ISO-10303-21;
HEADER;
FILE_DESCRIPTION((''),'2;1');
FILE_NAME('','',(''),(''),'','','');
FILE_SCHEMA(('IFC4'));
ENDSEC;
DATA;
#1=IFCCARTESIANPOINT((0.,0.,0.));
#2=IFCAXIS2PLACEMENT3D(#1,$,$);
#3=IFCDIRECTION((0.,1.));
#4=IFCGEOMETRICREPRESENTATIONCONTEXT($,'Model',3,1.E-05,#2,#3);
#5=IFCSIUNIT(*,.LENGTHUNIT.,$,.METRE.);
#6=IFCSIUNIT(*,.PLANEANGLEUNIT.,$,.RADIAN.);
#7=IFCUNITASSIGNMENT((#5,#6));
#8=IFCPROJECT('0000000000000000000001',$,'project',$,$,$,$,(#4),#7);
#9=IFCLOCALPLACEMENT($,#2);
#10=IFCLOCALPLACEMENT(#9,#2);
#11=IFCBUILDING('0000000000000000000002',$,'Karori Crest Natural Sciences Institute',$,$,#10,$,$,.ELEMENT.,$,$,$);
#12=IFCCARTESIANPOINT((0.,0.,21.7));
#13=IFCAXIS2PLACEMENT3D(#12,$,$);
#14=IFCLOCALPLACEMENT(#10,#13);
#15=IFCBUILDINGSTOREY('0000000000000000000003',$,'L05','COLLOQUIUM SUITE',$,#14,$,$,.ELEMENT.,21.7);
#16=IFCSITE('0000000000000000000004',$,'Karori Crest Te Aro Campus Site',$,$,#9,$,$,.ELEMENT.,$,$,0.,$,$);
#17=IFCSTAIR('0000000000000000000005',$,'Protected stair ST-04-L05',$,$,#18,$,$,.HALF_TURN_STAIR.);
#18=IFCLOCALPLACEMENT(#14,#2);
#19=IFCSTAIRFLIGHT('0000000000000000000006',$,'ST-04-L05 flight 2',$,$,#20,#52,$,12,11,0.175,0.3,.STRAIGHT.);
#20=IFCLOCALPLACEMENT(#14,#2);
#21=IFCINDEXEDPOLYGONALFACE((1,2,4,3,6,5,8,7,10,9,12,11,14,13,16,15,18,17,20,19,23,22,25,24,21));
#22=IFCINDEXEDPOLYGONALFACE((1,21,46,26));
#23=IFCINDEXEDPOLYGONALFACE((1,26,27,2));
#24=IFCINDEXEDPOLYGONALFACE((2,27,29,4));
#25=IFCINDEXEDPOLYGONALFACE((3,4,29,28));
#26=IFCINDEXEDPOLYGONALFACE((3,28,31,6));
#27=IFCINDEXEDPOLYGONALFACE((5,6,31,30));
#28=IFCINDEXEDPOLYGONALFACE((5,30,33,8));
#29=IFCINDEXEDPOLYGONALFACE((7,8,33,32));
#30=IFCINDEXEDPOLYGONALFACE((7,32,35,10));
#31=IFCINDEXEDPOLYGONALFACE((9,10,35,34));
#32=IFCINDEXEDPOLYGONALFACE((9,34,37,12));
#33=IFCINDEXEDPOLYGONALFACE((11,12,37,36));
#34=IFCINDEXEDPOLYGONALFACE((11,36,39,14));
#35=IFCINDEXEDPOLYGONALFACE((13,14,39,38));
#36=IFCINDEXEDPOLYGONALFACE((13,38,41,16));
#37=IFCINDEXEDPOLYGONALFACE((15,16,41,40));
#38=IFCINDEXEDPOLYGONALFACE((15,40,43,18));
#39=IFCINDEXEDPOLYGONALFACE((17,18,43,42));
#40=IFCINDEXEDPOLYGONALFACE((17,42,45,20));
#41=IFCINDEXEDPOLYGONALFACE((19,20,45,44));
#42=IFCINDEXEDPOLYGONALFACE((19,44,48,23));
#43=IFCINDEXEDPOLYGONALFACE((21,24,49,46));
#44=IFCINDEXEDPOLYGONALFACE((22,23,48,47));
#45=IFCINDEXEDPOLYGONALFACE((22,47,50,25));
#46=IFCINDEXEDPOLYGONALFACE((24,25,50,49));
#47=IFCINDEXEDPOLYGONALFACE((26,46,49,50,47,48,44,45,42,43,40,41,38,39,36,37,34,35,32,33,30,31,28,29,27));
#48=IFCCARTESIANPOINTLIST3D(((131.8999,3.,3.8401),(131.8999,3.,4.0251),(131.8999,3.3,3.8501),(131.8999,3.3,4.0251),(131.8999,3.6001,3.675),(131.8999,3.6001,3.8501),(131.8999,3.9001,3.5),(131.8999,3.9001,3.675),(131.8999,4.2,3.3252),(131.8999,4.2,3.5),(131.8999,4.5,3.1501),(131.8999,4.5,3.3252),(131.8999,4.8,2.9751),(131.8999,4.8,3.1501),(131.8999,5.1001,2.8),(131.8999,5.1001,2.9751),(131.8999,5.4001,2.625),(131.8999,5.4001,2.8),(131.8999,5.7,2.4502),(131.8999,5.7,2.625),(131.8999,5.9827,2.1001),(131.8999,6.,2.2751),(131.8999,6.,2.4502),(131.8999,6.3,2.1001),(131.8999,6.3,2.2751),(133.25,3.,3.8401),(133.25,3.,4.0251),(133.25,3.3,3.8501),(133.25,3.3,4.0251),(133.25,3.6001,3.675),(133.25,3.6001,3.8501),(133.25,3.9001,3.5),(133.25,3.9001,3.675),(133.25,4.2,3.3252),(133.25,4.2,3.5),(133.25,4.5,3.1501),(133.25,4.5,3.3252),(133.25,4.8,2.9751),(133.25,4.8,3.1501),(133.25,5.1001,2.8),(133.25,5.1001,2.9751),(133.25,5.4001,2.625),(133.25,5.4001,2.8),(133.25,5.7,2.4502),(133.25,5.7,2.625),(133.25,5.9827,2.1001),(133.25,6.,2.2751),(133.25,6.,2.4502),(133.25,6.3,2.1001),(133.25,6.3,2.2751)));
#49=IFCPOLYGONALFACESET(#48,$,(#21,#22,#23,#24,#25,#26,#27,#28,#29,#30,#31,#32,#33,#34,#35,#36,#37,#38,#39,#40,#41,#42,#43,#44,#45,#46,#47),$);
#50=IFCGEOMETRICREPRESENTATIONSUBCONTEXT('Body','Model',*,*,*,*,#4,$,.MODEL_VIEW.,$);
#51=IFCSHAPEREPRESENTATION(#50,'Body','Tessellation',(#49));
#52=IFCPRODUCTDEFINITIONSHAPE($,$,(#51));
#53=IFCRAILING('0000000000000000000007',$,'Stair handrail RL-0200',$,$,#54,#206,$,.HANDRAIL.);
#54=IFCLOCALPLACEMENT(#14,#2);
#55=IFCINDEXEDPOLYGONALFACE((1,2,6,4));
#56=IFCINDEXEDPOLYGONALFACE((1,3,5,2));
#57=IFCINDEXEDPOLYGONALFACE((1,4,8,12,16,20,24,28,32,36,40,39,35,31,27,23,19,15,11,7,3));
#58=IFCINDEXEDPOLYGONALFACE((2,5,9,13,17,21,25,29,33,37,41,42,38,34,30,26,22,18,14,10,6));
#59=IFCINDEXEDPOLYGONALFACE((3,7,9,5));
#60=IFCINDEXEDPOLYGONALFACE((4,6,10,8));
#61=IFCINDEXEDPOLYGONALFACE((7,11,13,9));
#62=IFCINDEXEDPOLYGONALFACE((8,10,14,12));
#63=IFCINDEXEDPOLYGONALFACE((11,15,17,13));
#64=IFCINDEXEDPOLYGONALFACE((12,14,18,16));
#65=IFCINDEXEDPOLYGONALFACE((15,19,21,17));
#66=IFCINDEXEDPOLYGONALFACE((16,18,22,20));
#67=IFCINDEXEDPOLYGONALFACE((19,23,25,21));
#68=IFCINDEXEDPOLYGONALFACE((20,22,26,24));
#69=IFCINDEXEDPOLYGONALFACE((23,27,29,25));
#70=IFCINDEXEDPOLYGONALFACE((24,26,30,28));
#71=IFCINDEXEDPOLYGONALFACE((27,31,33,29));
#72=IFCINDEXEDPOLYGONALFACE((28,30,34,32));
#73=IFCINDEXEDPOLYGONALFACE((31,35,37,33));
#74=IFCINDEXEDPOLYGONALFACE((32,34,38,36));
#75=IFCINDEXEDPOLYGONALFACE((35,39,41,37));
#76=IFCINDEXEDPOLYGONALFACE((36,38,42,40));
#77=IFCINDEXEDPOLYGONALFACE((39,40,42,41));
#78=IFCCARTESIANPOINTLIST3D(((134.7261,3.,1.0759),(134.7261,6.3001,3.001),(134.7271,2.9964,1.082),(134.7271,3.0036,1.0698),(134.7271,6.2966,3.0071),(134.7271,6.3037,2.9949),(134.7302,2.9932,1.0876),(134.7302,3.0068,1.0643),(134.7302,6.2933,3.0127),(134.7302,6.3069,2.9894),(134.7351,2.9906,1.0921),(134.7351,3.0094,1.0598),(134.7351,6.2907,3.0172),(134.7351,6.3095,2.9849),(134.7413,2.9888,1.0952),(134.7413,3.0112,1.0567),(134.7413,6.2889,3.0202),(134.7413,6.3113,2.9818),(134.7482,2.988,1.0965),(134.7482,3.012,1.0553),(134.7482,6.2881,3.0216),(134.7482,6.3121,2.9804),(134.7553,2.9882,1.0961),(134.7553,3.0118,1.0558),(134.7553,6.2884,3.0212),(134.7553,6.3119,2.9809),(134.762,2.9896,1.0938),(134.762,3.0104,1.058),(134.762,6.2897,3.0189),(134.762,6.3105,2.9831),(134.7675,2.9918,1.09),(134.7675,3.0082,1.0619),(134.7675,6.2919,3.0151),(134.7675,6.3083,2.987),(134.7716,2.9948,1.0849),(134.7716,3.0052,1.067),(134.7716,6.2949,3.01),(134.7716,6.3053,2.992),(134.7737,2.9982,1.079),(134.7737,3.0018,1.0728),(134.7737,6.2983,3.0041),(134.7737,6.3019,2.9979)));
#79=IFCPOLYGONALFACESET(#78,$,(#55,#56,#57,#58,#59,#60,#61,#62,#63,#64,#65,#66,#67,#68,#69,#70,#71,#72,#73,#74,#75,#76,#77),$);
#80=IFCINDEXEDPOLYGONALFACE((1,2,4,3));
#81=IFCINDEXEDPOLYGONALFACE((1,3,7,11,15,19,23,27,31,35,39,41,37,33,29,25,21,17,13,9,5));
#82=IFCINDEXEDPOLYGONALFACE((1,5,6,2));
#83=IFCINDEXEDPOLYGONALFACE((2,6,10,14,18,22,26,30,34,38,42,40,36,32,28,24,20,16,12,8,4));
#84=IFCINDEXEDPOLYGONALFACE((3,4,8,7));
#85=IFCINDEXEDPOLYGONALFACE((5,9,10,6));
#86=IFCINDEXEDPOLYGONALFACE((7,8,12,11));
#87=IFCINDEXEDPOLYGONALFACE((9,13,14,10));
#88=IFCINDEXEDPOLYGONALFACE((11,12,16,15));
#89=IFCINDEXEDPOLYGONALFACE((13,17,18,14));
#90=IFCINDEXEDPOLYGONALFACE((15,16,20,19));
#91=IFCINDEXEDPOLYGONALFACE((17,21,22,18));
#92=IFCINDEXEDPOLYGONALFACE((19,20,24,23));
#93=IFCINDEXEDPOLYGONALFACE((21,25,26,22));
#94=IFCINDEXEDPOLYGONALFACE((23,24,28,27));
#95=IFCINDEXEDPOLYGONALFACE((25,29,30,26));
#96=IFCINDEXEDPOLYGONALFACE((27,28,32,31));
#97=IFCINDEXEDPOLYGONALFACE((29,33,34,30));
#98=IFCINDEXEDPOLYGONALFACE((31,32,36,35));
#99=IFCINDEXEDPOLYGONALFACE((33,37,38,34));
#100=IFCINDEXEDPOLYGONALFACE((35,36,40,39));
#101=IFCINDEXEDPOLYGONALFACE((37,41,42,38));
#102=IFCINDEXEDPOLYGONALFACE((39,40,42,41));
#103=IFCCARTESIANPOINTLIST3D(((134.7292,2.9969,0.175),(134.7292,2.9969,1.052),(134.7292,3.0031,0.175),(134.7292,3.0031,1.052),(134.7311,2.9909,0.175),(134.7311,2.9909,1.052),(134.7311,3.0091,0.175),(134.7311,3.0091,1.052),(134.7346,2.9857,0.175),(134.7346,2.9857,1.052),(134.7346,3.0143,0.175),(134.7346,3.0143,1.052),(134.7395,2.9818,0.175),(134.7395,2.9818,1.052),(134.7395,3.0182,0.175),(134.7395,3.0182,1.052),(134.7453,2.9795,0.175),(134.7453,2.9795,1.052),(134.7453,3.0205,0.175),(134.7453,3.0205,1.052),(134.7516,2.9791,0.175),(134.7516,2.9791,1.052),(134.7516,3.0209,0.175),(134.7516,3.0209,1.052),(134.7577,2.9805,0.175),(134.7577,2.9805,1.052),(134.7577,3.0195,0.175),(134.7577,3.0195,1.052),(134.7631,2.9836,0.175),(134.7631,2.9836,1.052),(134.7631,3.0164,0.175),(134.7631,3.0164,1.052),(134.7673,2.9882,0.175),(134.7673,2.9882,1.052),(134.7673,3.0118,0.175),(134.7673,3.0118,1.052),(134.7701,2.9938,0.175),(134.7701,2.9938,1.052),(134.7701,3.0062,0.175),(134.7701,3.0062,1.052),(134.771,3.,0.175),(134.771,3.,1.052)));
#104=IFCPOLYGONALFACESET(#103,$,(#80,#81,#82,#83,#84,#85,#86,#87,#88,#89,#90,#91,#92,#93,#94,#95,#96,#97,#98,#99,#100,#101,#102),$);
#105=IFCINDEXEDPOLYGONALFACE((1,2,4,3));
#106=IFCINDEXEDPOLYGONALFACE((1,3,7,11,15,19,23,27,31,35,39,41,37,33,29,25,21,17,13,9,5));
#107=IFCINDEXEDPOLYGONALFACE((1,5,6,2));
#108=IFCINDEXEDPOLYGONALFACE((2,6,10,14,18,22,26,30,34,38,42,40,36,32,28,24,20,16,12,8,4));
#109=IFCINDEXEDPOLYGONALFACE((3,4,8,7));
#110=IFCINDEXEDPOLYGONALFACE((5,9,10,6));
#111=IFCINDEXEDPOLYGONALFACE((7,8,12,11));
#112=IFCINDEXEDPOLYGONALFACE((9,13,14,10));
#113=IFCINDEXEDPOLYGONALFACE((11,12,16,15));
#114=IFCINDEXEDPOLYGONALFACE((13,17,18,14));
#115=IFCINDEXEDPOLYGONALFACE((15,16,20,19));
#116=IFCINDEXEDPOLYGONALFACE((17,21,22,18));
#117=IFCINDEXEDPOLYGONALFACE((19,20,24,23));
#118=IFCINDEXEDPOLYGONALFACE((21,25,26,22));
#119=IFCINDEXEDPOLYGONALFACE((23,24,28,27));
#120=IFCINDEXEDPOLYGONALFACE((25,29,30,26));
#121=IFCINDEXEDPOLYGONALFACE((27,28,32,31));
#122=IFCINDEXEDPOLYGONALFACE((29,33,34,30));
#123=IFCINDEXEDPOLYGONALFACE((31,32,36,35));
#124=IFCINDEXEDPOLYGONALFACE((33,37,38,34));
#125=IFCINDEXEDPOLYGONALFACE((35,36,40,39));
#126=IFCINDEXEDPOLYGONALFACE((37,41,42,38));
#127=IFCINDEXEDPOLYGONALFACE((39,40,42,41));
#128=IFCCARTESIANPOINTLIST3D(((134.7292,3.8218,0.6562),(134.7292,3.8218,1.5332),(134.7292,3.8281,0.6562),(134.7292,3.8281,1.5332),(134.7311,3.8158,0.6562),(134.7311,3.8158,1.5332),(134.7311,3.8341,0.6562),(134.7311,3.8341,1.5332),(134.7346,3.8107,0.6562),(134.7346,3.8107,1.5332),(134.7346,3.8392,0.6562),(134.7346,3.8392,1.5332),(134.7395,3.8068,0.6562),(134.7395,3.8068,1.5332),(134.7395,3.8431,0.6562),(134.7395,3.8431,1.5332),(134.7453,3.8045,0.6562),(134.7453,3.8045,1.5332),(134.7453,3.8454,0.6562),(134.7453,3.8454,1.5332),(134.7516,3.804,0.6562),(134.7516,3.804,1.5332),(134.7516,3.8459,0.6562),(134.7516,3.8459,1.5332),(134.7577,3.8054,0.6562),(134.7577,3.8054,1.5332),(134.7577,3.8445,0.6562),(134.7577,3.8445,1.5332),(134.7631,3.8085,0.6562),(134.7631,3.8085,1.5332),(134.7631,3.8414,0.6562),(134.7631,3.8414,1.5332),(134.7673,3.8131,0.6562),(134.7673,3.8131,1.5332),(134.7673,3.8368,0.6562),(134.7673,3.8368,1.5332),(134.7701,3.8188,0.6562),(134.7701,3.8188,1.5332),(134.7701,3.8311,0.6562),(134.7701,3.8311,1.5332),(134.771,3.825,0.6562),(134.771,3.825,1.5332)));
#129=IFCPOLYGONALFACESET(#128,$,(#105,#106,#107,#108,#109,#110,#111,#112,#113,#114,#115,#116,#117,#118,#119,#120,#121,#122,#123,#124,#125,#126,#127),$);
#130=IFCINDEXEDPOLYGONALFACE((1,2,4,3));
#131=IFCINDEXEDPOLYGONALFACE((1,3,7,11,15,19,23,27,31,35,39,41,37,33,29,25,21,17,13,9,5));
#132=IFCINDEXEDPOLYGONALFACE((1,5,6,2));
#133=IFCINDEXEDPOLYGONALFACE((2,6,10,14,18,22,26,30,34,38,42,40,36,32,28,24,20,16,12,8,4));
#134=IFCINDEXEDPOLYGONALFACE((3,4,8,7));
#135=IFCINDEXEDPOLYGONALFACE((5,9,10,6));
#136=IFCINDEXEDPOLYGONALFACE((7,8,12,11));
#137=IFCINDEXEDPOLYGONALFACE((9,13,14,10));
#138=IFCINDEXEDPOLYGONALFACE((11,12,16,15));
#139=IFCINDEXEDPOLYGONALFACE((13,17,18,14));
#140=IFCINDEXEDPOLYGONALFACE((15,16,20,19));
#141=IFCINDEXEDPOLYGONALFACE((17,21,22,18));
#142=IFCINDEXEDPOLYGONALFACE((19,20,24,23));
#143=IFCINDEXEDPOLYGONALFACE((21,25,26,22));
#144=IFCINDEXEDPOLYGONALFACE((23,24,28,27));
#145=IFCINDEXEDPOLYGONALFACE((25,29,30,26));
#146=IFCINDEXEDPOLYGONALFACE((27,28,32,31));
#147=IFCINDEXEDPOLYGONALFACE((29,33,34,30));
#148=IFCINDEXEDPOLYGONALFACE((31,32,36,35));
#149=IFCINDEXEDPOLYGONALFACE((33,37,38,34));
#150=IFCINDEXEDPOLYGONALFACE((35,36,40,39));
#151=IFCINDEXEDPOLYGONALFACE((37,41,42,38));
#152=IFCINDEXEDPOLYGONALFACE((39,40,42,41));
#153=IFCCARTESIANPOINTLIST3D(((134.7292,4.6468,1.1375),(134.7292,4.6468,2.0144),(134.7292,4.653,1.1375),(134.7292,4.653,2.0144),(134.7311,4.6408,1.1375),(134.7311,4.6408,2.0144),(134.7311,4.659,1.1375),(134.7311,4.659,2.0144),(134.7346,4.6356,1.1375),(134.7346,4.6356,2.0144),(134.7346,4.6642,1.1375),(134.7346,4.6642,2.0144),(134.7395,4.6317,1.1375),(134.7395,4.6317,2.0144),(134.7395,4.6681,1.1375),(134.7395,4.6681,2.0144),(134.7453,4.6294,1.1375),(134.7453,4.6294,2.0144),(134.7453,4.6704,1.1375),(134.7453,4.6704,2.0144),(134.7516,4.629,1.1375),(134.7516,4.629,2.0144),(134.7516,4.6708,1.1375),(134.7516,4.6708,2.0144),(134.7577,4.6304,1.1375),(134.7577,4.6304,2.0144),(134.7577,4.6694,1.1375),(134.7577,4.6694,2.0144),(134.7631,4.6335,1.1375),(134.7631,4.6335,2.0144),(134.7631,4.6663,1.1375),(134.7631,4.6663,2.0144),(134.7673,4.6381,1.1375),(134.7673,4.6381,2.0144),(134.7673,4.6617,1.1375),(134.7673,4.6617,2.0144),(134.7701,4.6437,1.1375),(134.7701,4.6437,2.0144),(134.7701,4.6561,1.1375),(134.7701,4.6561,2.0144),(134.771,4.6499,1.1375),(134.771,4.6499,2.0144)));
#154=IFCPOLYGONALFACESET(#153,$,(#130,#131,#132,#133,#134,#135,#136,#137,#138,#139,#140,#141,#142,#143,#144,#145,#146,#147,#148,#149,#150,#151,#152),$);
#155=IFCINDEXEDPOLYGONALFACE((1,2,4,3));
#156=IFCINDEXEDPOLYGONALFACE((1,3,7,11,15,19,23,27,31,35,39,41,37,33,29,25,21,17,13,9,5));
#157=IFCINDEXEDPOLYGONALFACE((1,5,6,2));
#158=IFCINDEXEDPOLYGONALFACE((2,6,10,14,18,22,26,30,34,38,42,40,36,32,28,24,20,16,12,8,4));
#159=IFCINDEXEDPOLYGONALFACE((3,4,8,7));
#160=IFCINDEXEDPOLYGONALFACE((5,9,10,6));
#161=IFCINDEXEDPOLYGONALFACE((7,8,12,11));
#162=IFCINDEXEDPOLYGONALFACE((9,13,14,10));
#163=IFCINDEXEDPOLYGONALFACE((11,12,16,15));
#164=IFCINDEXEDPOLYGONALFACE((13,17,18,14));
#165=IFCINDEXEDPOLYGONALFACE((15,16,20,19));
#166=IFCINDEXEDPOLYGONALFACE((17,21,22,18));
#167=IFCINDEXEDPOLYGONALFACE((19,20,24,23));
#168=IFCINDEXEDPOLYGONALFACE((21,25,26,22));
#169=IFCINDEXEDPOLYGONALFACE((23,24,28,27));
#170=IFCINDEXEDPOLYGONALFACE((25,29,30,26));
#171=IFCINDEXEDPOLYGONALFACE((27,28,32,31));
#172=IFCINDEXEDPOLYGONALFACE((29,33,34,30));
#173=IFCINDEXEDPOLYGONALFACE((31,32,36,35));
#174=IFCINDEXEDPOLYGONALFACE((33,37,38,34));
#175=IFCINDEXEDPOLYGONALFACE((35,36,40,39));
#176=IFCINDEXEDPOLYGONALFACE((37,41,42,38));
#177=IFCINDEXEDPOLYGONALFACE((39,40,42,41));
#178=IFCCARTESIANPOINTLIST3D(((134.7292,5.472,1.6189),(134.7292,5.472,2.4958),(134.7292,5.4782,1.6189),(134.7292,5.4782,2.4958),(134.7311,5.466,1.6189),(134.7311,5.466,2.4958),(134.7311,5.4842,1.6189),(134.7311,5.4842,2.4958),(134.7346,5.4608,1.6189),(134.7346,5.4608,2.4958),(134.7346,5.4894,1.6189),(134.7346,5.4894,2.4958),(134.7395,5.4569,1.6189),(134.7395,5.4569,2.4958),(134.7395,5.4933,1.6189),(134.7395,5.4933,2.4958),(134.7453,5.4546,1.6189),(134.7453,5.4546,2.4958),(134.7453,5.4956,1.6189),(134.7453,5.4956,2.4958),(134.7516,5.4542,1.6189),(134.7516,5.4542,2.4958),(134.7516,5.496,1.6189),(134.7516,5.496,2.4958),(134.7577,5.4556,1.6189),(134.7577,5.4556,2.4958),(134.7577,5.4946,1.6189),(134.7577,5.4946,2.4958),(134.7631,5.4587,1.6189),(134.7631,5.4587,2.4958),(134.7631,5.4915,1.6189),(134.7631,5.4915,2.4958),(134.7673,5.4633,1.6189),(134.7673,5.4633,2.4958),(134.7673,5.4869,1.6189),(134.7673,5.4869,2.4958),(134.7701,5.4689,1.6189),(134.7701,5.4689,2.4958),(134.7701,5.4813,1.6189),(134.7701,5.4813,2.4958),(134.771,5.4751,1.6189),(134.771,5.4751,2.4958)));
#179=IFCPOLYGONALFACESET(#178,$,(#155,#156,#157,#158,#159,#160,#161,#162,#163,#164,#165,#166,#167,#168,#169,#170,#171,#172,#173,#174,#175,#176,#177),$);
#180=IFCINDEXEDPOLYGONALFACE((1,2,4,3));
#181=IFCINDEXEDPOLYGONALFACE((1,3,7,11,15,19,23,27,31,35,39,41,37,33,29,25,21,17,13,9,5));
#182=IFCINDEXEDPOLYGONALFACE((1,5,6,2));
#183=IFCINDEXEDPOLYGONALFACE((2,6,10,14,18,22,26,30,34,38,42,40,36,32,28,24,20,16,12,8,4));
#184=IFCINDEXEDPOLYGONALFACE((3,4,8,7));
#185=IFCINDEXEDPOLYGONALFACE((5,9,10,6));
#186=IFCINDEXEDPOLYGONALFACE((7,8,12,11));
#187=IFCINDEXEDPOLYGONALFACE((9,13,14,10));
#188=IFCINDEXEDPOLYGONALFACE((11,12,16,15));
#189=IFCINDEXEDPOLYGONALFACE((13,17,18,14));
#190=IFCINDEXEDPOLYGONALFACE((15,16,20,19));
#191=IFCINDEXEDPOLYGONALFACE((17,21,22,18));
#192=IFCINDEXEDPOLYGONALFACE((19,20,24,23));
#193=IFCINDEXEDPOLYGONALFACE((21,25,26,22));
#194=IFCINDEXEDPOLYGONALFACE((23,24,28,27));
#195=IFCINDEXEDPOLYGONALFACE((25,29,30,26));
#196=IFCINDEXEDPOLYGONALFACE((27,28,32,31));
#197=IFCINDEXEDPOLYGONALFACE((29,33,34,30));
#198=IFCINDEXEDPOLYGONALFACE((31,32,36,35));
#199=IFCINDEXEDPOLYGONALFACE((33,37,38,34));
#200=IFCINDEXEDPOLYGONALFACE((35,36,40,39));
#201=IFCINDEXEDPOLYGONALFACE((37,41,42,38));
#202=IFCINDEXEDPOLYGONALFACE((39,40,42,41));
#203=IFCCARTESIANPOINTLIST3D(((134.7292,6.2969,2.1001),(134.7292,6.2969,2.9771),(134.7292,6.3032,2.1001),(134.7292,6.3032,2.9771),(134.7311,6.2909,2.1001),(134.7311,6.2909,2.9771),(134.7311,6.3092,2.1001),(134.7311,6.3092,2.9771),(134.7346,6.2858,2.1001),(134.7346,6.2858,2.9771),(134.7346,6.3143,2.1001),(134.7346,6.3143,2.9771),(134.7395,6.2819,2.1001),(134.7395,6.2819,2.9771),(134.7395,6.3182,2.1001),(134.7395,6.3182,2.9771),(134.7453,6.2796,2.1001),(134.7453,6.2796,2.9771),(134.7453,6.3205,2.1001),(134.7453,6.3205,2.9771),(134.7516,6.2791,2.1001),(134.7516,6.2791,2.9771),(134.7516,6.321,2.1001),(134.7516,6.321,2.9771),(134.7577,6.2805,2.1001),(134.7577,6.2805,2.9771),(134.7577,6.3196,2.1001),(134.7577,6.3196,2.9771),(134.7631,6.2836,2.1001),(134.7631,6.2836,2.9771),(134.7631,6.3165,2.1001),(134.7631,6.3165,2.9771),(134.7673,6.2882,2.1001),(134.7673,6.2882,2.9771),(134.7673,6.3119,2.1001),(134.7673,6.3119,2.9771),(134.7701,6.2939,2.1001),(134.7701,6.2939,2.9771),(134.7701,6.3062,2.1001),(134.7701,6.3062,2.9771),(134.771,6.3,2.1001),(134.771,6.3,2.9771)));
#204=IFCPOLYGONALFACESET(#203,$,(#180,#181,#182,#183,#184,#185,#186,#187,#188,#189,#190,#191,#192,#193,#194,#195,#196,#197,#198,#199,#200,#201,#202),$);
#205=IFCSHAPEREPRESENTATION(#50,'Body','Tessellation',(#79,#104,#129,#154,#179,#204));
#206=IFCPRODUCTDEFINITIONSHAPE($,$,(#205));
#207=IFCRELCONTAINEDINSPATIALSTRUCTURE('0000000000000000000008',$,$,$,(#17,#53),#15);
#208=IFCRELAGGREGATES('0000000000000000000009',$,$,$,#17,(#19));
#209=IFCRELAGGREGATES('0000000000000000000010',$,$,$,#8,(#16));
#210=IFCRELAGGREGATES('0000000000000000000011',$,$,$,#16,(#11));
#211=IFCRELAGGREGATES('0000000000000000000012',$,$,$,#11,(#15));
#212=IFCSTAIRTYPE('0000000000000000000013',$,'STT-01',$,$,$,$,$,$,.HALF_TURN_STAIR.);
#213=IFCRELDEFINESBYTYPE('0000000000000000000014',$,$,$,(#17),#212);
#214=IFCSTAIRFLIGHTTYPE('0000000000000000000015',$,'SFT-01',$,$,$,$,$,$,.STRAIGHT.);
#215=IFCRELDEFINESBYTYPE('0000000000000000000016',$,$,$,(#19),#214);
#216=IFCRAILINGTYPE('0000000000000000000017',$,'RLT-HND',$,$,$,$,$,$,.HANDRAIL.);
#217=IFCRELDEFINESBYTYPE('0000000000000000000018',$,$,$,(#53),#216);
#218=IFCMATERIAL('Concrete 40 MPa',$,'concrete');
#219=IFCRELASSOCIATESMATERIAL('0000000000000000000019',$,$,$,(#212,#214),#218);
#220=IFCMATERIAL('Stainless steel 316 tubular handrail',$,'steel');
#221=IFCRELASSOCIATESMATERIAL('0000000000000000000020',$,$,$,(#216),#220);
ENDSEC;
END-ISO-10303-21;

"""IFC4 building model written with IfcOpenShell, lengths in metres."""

from ifc_helpers import new_model, si_unit, direction, frame, origin, origin_2d, place, context, subcontext, project, spatial, polyline, circle, outline, extrude, material, type_object, element, aggregate, save


model = new_model("IFC4")

# Units and contexts
model_context = context("Model", 3, precision=1e-05, world=origin(), true_north=direction((0.0, 1.0)))
body_context = subcontext(model_context, "Body", "Model", "MODEL_VIEW")
ifc_project = project(units=[si_unit("LENGTHUNIT", "METRE"), si_unit("PLANEANGLEUNIT", "RADIAN")], contexts=[model_context])

# Site, building, storey
site_placement = place(None, origin())
site = spatial("IfcSite", under=ifc_project, at=site_placement, Name="Karori Crest Te Aro Campus Site", CompositionType="ELEMENT", RefElevation=0.0)
building_placement = place(site_placement, origin())
building = spatial("IfcBuilding", under=site, at=building_placement, Name="Karori Crest Natural Sciences Institute", CompositionType="ELEMENT")
storey_placement = place(building_placement, frame((0.0, 0.0, 21.7)))
storey = spatial("IfcBuildingStorey", under=building, at=storey_placement, Name="L05", Description="COLLOQUIUM SUITE", CompositionType="ELEMENT", Elevation=21.7)

# Shared definitions
ifc_material_1 = material(Name="Concrete 40 MPa", Category="concrete")

# Stair, stair flight
stair_type = type_object("IfcStairType", Name="STT-01", PredefinedType="HALF_TURN_STAIR", material=ifc_material_1)
stair_placement = place(storey_placement, origin())
stair = element("IfcStair", 1, at=stair_placement, inside=storey, type_object=stair_type, Name="Protected stair ST-04-L05", PredefinedType="HALF_TURN_STAIR")
stair_flight_type = type_object("IfcStairFlightType", Name="SFT-01", PredefinedType="STRAIGHT", material=ifc_material_1)
stair_flight_1_placement = place(storey_placement, frame((132.575, 6.3, 2.1001), z_axis=(0.0, 0.0, 1.0), x_axis=(0.0, -1.0, 0.0)))
stair_flight_1 = element("IfcStairFlight", 2, at=stair_flight_1_placement, type_object=stair_flight_type, Name="ST-04-L05 flight 2", NumberOfRisers=12, NumberOfTreads=11, PredefinedType="STRAIGHT", RiserHeight=0.175, TreadLength=0.3, context=body_context, shape_type="SweptSolid", body=[
    extrude(outline(polyline([(0.0, 0.0), (0.0, 0.175), (0.3, 0.175), (0.3, 0.3501), (0.6001, 0.3501), (0.6001, 0.5249), (0.8999, 0.5249), (0.8999, 0.7), (1.2, 0.7), (1.2, 0.875), (1.5, 0.875), (1.5, 1.05), (1.8, 1.05), (1.8, 1.2251), (2.1001, 1.2251), (2.1001, 1.3999), (2.3999, 1.3999), (2.3999, 1.575), (2.7, 1.575), (2.7, 1.75), (3.0, 1.75), (3.0, 1.925), (3.3, 1.925), (3.3, 2.1001), (3.3, 1.74), (0.3174, 0.0), (0.0, 0.0)])), frame((0.0, 0.675, 0.0), z_axis=(0.0, -1.0, 0.0), x_axis=(1.0, 0.0, 0.0)), (0.0, 0.0, 1.0), 1.3501),
])
aggregate(stair, [stair_flight_1])

# Railing
ifc_material_2 = material(Name="Stainless steel 316 tubular handrail", Category="steel")
railing_type_1 = type_object("IfcRailingType", Name="RLT-HND", PredefinedType="HANDRAIL", material=ifc_material_2)
railing_1_placement = place(storey_placement, frame((134.75, 3.0, 0.175)))
element("IfcRailing", 3, at=railing_1_placement, inside=storey, type_object=railing_type_1, Name="Stair handrail RL-0200", PredefinedType="HANDRAIL", context=body_context, shape_type="SweptSolid", body=[
    extrude(circle(Radius=0.0239, at=origin_2d()), frame((0.0, 0.0, 0.9009), z_axis=(0.0, 0.863777, 0.503875), x_axis=(-1.0, 0.0, 0.0)), (0.0, 0.0, 1.0), 3.8206),
    extrude(circle(Radius=0.021, at=origin_2d()), origin(), (0.0, 0.0, 1.0), 0.877),
    extrude(circle(Radius=0.021, at=origin_2d()), frame((0.0, 0.825, 0.4812)), (0.0, 0.0, 1.0), 0.877),
    extrude(circle(Radius=0.021, at=origin_2d()), frame((0.0, 1.6499, 0.9624)), (0.0, 0.0, 1.0), 0.877),
    extrude(circle(Radius=0.021, at=origin_2d()), frame((0.0, 2.4751, 1.4438)), (0.0, 0.0, 1.0), 0.877),
    extrude(circle(Radius=0.021, at=origin_2d()), frame((0.0, 3.3, 1.925)), (0.0, 0.0, 1.0), 0.877),
])

save(model, "model.ifc")
